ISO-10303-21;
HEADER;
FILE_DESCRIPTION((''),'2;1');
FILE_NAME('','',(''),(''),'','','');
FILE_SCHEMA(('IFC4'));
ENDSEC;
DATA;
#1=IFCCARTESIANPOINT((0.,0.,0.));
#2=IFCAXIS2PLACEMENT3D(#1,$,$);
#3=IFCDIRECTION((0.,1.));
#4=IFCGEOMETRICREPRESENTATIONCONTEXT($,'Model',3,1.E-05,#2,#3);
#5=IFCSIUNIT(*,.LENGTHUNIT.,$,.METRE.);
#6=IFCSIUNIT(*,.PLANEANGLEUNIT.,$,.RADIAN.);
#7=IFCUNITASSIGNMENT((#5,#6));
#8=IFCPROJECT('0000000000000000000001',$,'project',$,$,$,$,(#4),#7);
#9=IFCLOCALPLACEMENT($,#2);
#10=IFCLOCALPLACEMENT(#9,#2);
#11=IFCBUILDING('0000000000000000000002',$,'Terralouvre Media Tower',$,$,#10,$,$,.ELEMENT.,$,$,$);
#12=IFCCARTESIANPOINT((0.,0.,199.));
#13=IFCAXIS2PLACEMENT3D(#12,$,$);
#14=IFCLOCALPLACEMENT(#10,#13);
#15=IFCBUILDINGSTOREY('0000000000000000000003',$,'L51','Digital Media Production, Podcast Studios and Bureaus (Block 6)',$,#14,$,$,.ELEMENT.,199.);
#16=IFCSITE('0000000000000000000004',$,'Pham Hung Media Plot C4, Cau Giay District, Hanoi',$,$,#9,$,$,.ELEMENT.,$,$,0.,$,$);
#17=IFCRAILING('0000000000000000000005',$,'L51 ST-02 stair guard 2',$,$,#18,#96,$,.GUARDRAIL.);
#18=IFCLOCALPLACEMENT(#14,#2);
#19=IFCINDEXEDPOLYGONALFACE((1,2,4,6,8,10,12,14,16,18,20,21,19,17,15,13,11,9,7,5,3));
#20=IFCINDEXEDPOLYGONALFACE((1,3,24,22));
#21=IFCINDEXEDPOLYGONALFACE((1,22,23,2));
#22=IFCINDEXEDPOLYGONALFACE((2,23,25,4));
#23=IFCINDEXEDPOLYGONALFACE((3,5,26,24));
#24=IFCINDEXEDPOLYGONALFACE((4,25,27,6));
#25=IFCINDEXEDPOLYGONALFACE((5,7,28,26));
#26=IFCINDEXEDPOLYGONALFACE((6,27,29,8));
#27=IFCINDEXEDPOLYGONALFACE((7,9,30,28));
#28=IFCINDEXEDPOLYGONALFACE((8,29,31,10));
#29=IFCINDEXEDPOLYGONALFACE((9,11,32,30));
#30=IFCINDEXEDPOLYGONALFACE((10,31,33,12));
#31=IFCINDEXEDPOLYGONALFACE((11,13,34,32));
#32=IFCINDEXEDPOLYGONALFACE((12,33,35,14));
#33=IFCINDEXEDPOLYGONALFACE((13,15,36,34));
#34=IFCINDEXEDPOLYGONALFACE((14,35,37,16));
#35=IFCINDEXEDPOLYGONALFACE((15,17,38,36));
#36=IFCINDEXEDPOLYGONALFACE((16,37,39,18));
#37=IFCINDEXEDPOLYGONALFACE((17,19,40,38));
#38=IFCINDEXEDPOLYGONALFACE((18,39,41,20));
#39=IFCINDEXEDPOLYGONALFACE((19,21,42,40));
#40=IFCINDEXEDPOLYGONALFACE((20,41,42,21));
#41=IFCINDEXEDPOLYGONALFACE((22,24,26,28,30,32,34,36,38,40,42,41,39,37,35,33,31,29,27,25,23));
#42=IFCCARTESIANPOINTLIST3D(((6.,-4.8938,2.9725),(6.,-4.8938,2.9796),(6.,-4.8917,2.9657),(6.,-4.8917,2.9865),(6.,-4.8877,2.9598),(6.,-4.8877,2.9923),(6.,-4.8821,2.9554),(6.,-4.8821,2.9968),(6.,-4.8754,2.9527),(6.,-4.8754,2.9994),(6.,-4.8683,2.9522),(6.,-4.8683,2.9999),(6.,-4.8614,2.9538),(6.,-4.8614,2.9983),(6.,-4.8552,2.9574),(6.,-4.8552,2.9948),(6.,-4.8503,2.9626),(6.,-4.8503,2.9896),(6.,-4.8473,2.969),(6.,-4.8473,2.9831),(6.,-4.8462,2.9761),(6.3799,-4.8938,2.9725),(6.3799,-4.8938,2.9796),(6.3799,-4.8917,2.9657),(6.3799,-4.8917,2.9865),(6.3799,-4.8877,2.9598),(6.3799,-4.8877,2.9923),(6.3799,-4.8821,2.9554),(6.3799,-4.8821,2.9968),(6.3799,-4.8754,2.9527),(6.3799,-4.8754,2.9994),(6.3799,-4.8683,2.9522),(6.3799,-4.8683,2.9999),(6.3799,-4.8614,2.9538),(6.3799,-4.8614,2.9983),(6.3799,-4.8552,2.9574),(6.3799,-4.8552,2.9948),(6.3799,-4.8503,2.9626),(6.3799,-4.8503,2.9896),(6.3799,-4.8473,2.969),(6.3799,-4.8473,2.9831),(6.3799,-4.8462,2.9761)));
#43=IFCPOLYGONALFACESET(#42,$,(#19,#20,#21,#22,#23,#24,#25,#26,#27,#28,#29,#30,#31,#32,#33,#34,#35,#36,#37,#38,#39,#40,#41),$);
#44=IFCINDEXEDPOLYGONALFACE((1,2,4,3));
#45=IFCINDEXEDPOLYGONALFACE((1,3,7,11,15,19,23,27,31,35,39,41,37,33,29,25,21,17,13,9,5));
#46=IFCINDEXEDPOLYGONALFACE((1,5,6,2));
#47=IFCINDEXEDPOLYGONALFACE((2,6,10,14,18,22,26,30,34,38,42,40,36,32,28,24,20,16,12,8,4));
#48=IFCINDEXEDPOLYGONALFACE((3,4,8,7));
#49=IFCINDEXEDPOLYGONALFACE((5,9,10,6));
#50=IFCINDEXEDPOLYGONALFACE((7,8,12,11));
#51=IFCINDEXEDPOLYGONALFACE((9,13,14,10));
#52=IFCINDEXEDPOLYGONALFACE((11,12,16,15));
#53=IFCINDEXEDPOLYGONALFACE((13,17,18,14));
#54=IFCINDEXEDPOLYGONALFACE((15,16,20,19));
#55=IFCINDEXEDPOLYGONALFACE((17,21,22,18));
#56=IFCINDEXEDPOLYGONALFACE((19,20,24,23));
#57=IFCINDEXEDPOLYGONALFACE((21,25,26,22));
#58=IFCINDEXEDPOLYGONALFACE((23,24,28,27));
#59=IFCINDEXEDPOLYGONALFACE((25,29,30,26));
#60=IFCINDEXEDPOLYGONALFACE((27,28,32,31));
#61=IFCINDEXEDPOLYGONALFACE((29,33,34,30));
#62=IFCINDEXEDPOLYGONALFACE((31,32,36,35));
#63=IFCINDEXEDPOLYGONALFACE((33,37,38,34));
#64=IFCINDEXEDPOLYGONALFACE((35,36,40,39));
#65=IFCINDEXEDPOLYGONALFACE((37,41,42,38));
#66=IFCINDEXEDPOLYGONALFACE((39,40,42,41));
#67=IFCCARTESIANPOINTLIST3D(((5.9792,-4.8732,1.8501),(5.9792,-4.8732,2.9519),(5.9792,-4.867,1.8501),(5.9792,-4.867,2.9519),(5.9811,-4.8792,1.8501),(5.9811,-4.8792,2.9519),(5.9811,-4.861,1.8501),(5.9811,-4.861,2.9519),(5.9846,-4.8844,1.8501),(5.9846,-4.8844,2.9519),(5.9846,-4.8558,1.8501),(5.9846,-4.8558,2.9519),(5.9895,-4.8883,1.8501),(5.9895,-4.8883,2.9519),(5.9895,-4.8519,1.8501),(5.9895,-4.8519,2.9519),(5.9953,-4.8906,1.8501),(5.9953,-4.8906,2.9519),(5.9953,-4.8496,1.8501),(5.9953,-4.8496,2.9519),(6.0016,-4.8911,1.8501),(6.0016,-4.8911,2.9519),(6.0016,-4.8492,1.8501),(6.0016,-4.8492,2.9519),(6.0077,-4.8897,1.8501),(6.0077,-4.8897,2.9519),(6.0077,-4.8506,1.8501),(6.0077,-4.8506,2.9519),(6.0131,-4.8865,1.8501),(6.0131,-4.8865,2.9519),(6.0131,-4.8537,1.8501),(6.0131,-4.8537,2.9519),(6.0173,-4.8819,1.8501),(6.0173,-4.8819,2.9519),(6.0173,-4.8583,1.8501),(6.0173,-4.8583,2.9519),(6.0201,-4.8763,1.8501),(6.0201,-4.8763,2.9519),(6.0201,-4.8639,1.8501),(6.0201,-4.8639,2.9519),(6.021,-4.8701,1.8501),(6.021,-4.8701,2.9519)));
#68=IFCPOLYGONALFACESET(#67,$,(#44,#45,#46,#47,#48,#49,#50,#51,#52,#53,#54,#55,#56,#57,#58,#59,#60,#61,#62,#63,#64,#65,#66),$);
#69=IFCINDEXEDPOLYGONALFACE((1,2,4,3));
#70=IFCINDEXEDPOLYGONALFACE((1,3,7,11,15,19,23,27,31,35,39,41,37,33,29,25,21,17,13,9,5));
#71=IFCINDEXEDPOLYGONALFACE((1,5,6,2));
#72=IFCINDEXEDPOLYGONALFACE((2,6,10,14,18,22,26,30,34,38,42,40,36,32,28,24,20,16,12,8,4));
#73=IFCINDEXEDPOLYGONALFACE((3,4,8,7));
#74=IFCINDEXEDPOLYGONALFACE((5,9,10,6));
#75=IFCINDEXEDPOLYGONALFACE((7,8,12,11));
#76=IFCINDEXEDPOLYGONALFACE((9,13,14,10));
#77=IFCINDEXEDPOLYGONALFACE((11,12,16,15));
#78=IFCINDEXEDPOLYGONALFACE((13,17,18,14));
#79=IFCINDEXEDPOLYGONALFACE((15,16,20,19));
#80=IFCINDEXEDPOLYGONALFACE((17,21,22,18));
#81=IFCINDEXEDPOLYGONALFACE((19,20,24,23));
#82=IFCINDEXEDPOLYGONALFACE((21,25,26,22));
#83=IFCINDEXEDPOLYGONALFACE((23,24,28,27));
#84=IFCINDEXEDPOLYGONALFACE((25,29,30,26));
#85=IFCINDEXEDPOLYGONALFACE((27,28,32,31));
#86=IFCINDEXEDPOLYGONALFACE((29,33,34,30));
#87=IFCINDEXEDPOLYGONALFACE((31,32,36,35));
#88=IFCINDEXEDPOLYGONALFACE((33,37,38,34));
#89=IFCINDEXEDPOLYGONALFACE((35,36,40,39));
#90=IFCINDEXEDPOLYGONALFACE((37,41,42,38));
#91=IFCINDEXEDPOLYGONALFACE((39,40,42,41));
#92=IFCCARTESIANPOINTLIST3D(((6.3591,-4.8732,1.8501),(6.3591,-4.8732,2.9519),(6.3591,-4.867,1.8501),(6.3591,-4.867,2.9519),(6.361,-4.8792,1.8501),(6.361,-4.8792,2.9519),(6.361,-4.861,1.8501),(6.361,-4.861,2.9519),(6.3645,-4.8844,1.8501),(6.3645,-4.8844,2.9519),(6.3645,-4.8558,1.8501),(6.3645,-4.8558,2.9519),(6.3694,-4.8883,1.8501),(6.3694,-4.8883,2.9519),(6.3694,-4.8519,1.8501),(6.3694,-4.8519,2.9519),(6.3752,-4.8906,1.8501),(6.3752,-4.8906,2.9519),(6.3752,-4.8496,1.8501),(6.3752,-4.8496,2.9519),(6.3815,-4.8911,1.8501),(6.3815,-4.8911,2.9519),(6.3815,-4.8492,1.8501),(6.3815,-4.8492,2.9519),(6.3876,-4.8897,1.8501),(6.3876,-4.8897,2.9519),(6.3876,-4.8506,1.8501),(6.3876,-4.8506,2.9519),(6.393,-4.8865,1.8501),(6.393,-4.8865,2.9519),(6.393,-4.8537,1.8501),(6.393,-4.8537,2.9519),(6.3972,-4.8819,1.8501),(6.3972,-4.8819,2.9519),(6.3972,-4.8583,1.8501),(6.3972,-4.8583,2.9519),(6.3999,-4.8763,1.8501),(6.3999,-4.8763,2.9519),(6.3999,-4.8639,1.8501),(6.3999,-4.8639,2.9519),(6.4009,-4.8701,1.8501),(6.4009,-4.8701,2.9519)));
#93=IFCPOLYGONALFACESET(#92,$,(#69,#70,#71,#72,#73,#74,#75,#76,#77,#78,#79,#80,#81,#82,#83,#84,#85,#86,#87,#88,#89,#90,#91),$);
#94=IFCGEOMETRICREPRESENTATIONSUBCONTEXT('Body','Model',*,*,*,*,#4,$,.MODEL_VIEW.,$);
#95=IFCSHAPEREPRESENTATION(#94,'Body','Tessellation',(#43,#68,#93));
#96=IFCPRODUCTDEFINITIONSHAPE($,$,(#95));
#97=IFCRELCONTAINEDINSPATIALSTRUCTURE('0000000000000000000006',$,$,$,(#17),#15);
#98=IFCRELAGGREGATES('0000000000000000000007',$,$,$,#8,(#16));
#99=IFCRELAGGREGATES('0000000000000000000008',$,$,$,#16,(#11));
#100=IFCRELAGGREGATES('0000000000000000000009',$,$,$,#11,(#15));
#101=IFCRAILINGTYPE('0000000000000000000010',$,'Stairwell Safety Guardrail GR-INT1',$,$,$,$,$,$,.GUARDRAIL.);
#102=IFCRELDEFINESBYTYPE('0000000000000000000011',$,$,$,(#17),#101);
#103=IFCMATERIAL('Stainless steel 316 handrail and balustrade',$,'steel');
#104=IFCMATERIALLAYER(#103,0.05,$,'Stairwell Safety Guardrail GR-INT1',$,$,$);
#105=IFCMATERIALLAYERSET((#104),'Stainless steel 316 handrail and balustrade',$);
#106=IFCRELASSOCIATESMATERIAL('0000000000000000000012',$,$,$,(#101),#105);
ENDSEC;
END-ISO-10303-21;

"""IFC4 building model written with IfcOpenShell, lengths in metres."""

from ifc_helpers import new_model, si_unit, direction, frame, origin, origin_2d, place, context, subcontext, project, spatial, circle, extrude, material, layer, layer_set, type_object, element, save


model = new_model("IFC4")

# Units and contexts
model_context = context("Model", 3, precision=1e-05, world=origin(), true_north=direction((0.0, 1.0)))
body_context = subcontext(model_context, "Body", "Model", "MODEL_VIEW")
ifc_project = project(units=[si_unit("LENGTHUNIT", "METRE"), si_unit("PLANEANGLEUNIT", "RADIAN")], contexts=[model_context])

# Site, building, storey
site_placement = place(None, origin())
site = spatial("IfcSite", under=ifc_project, at=site_placement, Name="Pham Hung Media Plot C4, Cau Giay District, Hanoi", CompositionType="ELEMENT", RefElevation=0.0)
building_placement = place(site_placement, origin())
building = spatial("IfcBuilding", under=site, at=building_placement, Name="Terralouvre Media Tower", CompositionType="ELEMENT")
storey_placement = place(building_placement, frame((0.0, 0.0, 199.0)))
storey = spatial("IfcBuildingStorey", under=building, at=storey_placement, Name="L51", Description="Digital Media Production, Podcast Studios and Bureaus (Block 6)", CompositionType="ELEMENT", Elevation=199.0)

# Railing
ifc_material_1 = material(Name="Stainless steel 316 handrail and balustrade", Category="steel")
ifc_layer_1 = layer(ifc_material_1, 0.05, Name="Stairwell Safety Guardrail GR-INT1")
ifc_layer_set_1 = layer_set([ifc_layer_1], Name="Stainless steel 316 handrail and balustrade")
railing_type_1 = type_object("IfcRailingType", Name="Stairwell Safety Guardrail GR-INT1", PredefinedType="GUARDRAIL", material=ifc_layer_set_1)
railing_1_placement = place(storey_placement, frame((6.0, -4.8701, 1.8501)))
element("IfcRailing", 1, at=railing_1_placement, inside=storey, type_object=railing_type_1, Name="L51 ST-02 stair guard 2", PredefinedType="GUARDRAIL", context=body_context, shape_type="SweptSolid", body=[
    extrude(circle(Radius=0.0239, at=origin_2d()), frame((0.0, 0.0, 1.126), z_axis=(1.0, 0.0, 0.0), x_axis=(0.0, 1.0, 0.0)), (0.0, 0.0, 1.0), 0.3799),
    extrude(circle(Radius=0.021, at=origin_2d()), origin(), (0.0, 0.0, 1.0), 1.1018),
    extrude(circle(Radius=0.021, at=origin_2d()), frame((0.3799, 0.0, 0.0)), (0.0, 0.0, 1.0), 1.1018),
])

save(model, "model.ifc")
